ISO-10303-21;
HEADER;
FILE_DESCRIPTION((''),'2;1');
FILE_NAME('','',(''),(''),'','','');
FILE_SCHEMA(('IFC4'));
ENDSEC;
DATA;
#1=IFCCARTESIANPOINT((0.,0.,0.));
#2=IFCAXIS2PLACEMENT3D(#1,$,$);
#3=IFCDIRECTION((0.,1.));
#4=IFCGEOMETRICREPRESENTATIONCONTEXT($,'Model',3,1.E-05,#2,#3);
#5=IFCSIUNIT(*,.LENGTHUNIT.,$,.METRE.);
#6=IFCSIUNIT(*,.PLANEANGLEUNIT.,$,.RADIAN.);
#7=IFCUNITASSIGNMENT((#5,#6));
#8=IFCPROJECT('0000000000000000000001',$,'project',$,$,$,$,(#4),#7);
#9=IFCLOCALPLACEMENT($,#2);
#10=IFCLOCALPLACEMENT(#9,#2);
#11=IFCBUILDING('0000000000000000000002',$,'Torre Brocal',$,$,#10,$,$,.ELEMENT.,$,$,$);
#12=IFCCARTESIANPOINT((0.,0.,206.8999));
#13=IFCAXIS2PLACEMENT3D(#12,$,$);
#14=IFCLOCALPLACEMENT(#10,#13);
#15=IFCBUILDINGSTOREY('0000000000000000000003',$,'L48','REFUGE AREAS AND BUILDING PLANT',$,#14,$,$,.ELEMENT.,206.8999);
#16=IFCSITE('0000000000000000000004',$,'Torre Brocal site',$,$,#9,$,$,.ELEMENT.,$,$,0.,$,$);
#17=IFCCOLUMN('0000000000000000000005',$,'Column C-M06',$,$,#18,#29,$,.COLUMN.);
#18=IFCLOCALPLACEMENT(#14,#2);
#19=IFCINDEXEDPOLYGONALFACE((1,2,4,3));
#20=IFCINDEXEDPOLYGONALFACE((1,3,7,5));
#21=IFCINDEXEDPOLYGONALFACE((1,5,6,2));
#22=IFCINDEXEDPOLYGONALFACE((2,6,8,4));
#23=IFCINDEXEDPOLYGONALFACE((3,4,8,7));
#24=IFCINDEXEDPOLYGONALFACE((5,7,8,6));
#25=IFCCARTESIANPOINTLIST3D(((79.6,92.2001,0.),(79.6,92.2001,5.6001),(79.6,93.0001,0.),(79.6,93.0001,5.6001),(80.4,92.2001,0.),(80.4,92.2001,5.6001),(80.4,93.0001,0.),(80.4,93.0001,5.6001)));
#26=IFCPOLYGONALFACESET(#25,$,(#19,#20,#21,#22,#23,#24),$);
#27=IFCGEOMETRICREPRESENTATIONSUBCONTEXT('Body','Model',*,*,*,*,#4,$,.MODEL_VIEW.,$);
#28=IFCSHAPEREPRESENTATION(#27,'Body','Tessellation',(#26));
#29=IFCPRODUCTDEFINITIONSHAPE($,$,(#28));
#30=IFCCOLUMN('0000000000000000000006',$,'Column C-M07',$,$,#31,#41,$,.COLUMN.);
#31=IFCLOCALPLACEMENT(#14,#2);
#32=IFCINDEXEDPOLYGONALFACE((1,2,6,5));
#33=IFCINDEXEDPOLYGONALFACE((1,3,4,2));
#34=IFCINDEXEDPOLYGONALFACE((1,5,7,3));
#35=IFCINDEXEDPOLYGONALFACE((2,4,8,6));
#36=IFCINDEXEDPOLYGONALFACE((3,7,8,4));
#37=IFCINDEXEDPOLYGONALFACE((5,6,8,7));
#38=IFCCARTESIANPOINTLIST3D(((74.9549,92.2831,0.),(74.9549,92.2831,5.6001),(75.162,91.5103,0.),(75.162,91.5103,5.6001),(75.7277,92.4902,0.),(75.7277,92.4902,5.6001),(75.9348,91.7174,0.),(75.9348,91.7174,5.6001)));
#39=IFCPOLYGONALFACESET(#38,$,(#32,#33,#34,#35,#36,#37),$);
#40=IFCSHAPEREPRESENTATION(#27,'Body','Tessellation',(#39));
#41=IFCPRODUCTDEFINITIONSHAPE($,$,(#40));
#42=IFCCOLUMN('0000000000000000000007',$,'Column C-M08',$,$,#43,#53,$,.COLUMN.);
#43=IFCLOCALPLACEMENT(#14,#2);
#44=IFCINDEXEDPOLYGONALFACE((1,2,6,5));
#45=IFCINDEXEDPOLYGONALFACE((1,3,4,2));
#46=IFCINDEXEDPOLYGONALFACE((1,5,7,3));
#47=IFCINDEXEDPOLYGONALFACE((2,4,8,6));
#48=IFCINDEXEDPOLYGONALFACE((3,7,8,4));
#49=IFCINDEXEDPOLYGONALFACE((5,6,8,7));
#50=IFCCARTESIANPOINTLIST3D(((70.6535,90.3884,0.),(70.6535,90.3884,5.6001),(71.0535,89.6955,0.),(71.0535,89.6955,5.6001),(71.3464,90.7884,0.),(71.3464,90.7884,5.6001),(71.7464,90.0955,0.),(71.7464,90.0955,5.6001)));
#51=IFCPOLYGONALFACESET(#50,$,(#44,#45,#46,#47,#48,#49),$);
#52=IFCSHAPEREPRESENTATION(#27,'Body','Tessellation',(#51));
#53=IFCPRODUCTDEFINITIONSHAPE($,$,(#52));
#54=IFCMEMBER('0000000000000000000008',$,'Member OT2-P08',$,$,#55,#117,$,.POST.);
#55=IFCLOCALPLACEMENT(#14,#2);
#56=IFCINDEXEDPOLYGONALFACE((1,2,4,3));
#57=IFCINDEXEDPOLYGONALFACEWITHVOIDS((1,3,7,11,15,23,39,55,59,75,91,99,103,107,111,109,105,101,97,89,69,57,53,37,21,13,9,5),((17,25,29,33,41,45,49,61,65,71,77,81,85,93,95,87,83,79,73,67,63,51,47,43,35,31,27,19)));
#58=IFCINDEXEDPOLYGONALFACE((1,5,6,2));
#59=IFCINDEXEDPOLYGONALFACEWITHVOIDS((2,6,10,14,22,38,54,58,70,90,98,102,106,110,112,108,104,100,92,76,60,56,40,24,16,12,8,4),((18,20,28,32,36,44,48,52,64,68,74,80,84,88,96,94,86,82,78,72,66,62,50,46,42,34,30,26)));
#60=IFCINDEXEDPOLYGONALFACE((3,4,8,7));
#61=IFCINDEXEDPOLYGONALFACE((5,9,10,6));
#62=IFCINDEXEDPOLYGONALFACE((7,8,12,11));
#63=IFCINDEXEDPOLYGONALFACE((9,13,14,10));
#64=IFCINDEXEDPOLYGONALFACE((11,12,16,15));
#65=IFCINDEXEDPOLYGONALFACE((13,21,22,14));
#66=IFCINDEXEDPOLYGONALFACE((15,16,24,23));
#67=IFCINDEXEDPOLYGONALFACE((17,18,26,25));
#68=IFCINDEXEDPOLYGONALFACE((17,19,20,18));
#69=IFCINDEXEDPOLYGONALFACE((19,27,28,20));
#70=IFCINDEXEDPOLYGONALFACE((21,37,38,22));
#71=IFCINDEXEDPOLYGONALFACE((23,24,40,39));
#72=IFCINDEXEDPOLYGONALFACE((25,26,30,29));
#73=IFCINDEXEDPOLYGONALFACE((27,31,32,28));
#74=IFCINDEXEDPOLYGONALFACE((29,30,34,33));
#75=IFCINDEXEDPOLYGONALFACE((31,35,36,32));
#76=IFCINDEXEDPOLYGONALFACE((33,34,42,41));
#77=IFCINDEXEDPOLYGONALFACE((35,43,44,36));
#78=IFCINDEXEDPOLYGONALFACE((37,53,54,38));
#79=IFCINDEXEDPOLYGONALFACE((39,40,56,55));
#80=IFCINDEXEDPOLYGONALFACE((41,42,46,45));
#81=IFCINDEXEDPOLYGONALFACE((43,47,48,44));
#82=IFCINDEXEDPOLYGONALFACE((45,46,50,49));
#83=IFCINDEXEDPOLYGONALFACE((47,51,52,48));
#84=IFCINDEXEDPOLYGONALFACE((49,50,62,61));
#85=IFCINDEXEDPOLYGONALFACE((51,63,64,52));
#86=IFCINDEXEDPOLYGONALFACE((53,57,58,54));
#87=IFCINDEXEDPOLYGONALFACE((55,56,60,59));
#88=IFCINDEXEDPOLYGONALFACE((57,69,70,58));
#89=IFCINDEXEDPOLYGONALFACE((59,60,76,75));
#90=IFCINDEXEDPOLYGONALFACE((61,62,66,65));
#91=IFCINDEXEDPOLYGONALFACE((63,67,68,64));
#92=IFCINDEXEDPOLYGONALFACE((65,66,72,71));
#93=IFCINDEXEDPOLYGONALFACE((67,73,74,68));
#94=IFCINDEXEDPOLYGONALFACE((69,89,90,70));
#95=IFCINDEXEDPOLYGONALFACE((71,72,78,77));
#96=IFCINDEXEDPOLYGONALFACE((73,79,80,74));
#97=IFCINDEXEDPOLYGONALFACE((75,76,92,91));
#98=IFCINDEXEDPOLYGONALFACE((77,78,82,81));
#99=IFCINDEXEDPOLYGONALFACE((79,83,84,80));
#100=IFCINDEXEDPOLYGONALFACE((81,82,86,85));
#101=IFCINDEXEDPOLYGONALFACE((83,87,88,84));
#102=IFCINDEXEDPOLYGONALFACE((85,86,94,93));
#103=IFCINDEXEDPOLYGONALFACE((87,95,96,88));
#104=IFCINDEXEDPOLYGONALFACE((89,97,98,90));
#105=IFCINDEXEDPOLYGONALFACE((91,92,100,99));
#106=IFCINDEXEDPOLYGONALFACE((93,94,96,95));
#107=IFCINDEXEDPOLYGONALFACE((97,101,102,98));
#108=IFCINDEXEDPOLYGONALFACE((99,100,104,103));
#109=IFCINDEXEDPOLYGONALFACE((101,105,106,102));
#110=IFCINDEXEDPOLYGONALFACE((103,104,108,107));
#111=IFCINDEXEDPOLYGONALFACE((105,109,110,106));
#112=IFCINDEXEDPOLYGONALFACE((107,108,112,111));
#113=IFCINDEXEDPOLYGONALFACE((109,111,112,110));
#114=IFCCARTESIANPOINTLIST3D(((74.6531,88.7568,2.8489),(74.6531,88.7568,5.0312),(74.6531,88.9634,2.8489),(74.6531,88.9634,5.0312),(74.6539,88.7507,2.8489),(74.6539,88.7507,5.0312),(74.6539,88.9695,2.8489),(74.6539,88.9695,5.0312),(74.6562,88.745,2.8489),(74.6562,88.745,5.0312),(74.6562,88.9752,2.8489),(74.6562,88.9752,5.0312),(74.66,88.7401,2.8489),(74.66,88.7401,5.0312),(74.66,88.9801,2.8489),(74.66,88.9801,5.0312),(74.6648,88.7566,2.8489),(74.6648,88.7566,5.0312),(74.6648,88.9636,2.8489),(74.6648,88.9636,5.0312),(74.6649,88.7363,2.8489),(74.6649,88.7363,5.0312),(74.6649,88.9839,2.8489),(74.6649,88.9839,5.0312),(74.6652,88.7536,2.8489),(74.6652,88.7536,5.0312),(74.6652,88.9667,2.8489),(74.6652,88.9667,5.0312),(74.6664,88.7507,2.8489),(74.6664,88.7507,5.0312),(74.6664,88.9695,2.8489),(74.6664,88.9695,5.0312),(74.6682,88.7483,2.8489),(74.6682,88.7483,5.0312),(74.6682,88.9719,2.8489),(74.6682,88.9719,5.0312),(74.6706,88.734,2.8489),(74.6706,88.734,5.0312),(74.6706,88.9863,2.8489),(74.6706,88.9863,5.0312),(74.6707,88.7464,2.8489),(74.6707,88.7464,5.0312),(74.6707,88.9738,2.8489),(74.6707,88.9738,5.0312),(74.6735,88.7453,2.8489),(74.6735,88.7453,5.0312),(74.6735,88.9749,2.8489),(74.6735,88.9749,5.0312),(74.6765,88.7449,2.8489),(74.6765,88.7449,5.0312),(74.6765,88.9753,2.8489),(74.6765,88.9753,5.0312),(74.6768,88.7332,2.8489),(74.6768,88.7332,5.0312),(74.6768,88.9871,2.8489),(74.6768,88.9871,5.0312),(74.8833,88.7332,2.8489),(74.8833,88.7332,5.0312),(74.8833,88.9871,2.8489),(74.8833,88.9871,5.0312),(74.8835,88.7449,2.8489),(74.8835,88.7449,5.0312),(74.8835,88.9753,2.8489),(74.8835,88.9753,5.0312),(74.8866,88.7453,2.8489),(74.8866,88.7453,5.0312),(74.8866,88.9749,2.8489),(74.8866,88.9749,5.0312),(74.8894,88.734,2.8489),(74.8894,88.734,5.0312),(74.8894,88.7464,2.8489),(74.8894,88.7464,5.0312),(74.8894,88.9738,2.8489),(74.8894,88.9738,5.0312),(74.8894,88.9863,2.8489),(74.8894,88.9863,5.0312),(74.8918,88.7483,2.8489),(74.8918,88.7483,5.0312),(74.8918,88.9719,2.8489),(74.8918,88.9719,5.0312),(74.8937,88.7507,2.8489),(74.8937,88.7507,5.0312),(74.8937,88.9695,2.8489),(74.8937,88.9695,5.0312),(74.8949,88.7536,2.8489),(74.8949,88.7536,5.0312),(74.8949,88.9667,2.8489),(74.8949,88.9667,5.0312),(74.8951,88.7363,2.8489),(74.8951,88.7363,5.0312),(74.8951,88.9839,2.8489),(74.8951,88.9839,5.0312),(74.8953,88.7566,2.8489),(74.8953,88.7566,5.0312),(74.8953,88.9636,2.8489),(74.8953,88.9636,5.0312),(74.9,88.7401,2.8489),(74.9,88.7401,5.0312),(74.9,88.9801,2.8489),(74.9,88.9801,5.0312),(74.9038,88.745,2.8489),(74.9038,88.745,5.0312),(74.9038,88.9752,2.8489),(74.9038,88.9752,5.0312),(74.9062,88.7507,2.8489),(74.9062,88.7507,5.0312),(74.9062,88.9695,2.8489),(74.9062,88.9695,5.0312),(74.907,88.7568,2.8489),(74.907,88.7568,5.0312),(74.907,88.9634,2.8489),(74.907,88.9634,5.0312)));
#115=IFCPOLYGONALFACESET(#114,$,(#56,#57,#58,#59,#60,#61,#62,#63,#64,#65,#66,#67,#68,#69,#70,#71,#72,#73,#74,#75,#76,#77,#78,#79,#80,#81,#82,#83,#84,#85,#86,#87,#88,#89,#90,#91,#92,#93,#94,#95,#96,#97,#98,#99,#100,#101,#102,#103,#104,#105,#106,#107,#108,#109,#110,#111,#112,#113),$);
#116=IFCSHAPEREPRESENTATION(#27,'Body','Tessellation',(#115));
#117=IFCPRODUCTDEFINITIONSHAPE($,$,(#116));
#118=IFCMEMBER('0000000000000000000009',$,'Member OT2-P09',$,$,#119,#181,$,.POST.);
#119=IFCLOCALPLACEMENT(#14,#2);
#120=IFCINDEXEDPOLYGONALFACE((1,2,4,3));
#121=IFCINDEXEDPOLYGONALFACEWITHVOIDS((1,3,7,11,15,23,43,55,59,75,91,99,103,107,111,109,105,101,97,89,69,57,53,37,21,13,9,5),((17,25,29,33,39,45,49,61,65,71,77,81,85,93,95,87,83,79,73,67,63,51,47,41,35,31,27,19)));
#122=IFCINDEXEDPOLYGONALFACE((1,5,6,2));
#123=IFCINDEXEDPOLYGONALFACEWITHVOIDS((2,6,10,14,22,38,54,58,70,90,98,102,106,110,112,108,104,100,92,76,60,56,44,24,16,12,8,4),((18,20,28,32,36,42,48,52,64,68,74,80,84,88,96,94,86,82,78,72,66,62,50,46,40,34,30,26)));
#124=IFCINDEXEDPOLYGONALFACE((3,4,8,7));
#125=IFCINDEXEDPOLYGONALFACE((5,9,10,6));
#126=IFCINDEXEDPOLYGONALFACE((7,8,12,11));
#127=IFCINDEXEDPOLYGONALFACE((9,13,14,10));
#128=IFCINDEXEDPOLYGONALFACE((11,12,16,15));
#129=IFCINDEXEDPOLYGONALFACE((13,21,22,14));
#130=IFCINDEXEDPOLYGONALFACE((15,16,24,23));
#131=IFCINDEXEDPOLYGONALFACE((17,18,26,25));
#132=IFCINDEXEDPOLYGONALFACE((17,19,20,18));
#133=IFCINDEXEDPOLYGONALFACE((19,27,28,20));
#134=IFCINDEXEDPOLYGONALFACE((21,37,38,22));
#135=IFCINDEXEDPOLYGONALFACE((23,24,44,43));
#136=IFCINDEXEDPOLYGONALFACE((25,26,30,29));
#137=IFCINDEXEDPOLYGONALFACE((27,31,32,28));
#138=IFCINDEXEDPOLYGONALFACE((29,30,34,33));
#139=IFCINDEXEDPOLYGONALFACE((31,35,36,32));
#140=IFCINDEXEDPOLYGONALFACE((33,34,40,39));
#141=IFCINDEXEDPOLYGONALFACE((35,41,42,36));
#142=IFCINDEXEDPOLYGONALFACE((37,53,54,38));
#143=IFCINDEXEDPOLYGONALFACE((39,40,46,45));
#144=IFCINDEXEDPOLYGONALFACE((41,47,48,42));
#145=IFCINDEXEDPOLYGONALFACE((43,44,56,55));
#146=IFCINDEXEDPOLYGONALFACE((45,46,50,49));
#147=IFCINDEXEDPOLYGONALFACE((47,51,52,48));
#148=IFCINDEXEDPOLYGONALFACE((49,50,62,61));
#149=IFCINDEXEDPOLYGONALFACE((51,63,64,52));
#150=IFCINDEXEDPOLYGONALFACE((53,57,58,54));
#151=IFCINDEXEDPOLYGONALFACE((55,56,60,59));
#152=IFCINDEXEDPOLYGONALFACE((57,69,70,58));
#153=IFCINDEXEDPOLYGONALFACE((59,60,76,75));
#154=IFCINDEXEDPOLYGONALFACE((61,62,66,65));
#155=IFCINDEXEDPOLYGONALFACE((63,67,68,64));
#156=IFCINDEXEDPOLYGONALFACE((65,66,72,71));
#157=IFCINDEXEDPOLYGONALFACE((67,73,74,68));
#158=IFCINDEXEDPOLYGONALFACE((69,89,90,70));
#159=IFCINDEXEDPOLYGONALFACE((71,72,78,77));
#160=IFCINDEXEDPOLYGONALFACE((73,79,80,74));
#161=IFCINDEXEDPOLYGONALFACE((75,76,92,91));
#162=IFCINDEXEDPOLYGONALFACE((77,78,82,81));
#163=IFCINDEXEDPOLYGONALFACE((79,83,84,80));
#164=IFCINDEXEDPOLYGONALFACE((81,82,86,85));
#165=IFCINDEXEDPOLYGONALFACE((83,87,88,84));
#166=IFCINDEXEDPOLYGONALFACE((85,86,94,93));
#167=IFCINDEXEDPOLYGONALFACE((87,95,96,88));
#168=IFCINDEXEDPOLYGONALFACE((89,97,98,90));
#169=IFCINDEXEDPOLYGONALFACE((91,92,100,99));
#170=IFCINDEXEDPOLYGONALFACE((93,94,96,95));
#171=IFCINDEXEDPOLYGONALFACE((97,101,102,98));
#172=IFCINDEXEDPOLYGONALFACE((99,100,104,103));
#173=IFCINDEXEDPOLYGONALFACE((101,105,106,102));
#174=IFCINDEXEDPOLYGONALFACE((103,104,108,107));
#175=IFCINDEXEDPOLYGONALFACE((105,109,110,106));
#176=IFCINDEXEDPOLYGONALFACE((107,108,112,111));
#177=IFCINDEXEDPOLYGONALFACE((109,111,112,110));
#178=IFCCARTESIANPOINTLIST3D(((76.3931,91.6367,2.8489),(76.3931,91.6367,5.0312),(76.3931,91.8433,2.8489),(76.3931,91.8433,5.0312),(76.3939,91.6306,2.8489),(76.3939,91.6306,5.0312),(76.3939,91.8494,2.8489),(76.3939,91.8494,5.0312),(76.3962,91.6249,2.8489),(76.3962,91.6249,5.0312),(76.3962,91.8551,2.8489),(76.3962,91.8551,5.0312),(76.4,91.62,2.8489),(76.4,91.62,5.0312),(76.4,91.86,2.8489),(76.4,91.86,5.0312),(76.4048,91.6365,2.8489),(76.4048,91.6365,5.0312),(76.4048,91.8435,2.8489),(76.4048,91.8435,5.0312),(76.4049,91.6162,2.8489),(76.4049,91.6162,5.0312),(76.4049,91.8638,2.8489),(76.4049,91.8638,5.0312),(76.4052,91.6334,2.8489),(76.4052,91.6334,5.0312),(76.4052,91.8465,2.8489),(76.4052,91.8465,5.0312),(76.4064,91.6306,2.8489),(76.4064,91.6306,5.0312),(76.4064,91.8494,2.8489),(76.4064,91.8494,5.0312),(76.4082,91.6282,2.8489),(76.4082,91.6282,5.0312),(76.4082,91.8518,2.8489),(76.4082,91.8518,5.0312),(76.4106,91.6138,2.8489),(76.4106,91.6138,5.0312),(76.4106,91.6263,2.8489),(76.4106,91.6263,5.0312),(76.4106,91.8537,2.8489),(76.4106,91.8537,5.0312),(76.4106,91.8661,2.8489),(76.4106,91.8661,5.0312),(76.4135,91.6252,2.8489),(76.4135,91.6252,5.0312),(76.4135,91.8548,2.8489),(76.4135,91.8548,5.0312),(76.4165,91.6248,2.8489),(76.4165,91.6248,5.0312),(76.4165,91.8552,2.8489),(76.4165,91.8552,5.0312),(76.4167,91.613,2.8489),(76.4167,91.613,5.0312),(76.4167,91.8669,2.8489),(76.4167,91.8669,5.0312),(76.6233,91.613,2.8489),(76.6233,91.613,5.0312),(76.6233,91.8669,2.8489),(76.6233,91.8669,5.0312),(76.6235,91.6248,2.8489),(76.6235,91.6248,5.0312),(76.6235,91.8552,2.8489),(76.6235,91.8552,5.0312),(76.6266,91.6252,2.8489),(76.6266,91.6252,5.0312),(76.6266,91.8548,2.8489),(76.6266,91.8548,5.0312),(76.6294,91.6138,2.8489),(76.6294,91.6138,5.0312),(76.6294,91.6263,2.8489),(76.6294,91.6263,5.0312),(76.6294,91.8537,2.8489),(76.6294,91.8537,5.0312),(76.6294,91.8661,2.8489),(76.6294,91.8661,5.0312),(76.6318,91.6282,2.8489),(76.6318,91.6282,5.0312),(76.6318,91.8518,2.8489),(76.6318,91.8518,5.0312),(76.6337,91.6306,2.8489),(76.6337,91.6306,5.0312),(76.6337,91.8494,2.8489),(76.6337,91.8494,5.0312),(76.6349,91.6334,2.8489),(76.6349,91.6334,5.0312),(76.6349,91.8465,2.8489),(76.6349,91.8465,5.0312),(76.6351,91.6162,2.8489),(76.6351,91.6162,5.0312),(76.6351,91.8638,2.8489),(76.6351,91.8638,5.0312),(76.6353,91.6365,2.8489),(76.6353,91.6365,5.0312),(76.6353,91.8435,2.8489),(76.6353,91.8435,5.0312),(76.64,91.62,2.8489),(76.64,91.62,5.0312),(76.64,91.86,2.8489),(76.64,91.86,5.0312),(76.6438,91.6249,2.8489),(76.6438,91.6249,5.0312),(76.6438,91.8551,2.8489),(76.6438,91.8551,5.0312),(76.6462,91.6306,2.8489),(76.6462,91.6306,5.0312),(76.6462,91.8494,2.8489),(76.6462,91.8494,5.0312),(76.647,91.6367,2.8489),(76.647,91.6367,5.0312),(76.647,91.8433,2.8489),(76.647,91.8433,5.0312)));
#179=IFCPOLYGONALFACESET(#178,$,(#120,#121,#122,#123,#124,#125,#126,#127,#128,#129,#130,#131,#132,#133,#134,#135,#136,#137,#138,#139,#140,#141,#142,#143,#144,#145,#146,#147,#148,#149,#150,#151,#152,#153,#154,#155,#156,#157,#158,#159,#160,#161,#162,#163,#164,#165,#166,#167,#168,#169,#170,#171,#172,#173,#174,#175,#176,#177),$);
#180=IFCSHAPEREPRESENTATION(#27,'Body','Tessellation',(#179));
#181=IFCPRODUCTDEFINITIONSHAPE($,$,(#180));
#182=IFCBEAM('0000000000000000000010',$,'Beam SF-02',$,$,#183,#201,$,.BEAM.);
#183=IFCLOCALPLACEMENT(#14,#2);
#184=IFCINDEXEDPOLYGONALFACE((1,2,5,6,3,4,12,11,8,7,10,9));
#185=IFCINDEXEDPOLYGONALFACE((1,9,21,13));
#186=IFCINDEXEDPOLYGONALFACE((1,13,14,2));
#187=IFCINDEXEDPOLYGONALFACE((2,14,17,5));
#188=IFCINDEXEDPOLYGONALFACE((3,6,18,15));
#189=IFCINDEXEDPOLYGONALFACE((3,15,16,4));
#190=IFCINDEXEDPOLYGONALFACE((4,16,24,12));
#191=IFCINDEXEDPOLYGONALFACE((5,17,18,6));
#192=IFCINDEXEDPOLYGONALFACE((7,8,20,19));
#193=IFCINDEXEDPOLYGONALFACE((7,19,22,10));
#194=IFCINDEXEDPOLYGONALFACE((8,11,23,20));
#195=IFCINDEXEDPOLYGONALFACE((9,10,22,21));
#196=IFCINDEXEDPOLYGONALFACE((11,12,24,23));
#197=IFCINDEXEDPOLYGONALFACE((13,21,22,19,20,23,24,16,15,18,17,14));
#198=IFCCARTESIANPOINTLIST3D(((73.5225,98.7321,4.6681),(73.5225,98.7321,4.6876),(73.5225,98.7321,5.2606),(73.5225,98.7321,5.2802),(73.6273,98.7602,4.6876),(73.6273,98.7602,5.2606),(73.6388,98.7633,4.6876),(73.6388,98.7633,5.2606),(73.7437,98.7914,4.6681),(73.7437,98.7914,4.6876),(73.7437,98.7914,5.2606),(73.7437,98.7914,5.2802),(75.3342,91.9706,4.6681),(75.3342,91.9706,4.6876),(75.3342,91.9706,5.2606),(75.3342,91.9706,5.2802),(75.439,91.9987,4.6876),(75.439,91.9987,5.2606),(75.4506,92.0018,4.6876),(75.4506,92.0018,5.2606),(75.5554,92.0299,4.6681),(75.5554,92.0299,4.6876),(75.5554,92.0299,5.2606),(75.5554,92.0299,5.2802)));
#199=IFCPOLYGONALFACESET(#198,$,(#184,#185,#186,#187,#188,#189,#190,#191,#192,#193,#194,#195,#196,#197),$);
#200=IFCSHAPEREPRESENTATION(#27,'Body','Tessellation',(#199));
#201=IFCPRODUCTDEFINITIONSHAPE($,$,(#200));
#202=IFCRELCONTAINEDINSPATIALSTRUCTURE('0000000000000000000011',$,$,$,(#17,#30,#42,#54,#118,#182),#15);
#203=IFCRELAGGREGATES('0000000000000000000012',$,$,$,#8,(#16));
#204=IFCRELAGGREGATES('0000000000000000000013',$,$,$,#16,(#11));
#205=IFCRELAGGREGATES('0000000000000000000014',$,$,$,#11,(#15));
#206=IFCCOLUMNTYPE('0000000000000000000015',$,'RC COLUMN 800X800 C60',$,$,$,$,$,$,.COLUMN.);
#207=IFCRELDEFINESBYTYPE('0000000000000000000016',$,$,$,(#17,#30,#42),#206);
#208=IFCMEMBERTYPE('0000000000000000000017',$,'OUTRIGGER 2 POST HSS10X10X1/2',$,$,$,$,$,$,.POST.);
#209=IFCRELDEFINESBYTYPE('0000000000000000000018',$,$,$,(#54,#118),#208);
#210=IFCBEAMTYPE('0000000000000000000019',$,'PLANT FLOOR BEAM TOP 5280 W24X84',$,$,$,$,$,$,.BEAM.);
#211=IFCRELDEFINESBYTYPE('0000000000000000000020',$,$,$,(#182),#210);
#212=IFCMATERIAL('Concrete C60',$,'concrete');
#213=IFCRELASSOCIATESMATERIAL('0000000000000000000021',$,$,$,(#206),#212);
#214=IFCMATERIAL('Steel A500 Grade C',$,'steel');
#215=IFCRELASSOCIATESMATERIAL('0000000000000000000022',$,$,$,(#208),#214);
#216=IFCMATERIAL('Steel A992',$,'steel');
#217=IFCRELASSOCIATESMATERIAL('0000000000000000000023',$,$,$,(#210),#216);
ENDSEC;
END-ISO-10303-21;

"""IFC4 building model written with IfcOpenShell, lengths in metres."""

from ifc_helpers import new_model, si_unit, direction, frame, origin, origin_2d, place, context, subcontext, project, spatial, rectangle, hollow_rectangle, i_section, extrude, material, material_profile, profile_set, type_object, element, save


model = new_model("IFC4")

# Units and contexts
model_context = context("Model", 3, precision=1e-05, world=origin(), true_north=direction((0.0, 1.0)))
body_context = subcontext(model_context, "Body", "Model", "MODEL_VIEW")
ifc_project = project(units=[si_unit("LENGTHUNIT", "METRE"), si_unit("PLANEANGLEUNIT", "RADIAN")], contexts=[model_context])

# Site, building, storey
site_placement = place(None, origin())
site = spatial("IfcSite", under=ifc_project, at=site_placement, Name="Torre Brocal site", CompositionType="ELEMENT", RefElevation=0.0)
building_placement = place(site_placement, origin())
building = spatial("IfcBuilding", under=site, at=building_placement, Name="Torre Brocal", CompositionType="ELEMENT")
storey_placement = place(building_placement, frame((0.0, 0.0, 206.8999)))
storey = spatial("IfcBuildingStorey", under=building, at=storey_placement, Name="L48", Description="REFUGE AREAS AND BUILDING PLANT", CompositionType="ELEMENT", Elevation=206.8999)

# Columns
ifc_material_1 = material(Name="Concrete C60", Category="concrete")
ifc_material_profile_1 = material_profile(ifc_material_1, rectangle(XDim=0.8, YDim=0.8, at=origin_2d()), Name="RC 800X800")
ifc_profile_set_1 = profile_set([ifc_material_profile_1], Name="Concrete C60")
column_type = type_object("IfcColumnType", Name="RC COLUMN 800X800 C60", PredefinedType="COLUMN", material=ifc_profile_set_1)
for number, where, z_axis, x_axis, name in (
    (1, (80.0, 92.6001, 0.0), (0.0, 0.0, 1.0), (0.0, 1.0, 0.0), "Column C-M06"),
    (2, (75.4448, 92.0002, 0.0), (0.0, 0.0, 1.0), (-0.258819, 0.965926, 0.0), "Column C-M07"),
    (3, (71.2, 90.2419, 0.0), (0.0, 0.0, 1.0), (-0.5, 0.866025, 0.0), "Column C-M08"),
):
    element("IfcColumn", number, at=place(storey_placement, frame(where, z_axis=z_axis, x_axis=x_axis)), inside=storey, type_object=column_type, Name=name, PredefinedType="COLUMN", context=body_context, shape_type="SweptSolid", body=[
        extrude(rectangle(XDim=0.8, YDim=0.8, at=origin_2d()), origin(), (0.0, 0.0, 1.0), 5.6001),
    ])

# Members
ifc_material_2 = material(Name="Steel A500 Grade C", Category="steel")
ifc_material_profile_2 = material_profile(ifc_material_2, hollow_rectangle(XDim=0.2539, YDim=0.2539, WallThickness=0.0117, InnerFilletRadius=0.0117, OuterFilletRadius=0.0237, at=origin_2d()), Name="HSS10X10X1/2")
ifc_profile_set_2 = profile_set([ifc_material_profile_2], Name="Steel A500 Grade C")
member_type_1 = type_object("IfcMemberType", Name="OUTRIGGER 2 POST HSS10X10X1/2", PredefinedType="POST", material=ifc_profile_set_2)
for number, where, z_axis, x_axis, name in (
    (4, (74.78, 88.8601, 2.8489), (0.0, 0.0, 1.0), (1.0, 0.0, 0.0), "Member OT2-P08"),
    (5, (76.52, 91.74, 2.8489), (0.0, 0.0, 1.0), (1.0, 0.0, 0.0), "Member OT2-P09"),
):
    element("IfcMember", number, at=place(storey_placement, frame(where, z_axis=z_axis, x_axis=x_axis)), inside=storey, type_object=member_type_1, Name=name, PredefinedType="POST", context=body_context, shape_type="SweptSolid", body=[
        extrude(hollow_rectangle(XDim=0.2539, YDim=0.2539, WallThickness=0.0117, InnerFilletRadius=0.0117, OuterFilletRadius=0.0237, at=origin_2d()), origin(), (0.0, 0.0, 1.0), 2.1824),
    ])

# Beam
ifc_material_3 = material(Name="Steel A992", Category="steel")
ifc_material_profile_3 = material_profile(ifc_material_3, i_section(OverallWidth=0.229, OverallDepth=0.6121, WebThickness=0.012, FlangeThickness=0.0195, at=origin_2d()), Name="W24X84")
ifc_profile_set_3 = profile_set([ifc_material_profile_3], Name="Steel A992")
beam_type_1 = type_object("IfcBeamType", Name="PLANT FLOOR BEAM TOP 5280 W24X84", PredefinedType="BEAM", material=ifc_profile_set_3)
for number, where, z_axis, x_axis, name in (
    (6, (75.4448, 92.0002, 4.9741), (-0.258824, 0.965925, 0.0), (-0.965925, -0.258824, 0.0), "Beam SF-02"),
):
    element("IfcBeam", number, at=place(storey_placement, frame(where, z_axis=z_axis, x_axis=x_axis)), inside=storey, type_object=beam_type_1, Name=name, PredefinedType="BEAM", context=body_context, shape_type="SweptSolid", body=[
        extrude(i_section(OverallWidth=0.229, OverallDepth=0.6121, WebThickness=0.012, FlangeThickness=0.0195, at=origin_2d()), origin(), (0.0, 0.0, 1.0), 7.0),
    ])

save(model, "model.ifc")
